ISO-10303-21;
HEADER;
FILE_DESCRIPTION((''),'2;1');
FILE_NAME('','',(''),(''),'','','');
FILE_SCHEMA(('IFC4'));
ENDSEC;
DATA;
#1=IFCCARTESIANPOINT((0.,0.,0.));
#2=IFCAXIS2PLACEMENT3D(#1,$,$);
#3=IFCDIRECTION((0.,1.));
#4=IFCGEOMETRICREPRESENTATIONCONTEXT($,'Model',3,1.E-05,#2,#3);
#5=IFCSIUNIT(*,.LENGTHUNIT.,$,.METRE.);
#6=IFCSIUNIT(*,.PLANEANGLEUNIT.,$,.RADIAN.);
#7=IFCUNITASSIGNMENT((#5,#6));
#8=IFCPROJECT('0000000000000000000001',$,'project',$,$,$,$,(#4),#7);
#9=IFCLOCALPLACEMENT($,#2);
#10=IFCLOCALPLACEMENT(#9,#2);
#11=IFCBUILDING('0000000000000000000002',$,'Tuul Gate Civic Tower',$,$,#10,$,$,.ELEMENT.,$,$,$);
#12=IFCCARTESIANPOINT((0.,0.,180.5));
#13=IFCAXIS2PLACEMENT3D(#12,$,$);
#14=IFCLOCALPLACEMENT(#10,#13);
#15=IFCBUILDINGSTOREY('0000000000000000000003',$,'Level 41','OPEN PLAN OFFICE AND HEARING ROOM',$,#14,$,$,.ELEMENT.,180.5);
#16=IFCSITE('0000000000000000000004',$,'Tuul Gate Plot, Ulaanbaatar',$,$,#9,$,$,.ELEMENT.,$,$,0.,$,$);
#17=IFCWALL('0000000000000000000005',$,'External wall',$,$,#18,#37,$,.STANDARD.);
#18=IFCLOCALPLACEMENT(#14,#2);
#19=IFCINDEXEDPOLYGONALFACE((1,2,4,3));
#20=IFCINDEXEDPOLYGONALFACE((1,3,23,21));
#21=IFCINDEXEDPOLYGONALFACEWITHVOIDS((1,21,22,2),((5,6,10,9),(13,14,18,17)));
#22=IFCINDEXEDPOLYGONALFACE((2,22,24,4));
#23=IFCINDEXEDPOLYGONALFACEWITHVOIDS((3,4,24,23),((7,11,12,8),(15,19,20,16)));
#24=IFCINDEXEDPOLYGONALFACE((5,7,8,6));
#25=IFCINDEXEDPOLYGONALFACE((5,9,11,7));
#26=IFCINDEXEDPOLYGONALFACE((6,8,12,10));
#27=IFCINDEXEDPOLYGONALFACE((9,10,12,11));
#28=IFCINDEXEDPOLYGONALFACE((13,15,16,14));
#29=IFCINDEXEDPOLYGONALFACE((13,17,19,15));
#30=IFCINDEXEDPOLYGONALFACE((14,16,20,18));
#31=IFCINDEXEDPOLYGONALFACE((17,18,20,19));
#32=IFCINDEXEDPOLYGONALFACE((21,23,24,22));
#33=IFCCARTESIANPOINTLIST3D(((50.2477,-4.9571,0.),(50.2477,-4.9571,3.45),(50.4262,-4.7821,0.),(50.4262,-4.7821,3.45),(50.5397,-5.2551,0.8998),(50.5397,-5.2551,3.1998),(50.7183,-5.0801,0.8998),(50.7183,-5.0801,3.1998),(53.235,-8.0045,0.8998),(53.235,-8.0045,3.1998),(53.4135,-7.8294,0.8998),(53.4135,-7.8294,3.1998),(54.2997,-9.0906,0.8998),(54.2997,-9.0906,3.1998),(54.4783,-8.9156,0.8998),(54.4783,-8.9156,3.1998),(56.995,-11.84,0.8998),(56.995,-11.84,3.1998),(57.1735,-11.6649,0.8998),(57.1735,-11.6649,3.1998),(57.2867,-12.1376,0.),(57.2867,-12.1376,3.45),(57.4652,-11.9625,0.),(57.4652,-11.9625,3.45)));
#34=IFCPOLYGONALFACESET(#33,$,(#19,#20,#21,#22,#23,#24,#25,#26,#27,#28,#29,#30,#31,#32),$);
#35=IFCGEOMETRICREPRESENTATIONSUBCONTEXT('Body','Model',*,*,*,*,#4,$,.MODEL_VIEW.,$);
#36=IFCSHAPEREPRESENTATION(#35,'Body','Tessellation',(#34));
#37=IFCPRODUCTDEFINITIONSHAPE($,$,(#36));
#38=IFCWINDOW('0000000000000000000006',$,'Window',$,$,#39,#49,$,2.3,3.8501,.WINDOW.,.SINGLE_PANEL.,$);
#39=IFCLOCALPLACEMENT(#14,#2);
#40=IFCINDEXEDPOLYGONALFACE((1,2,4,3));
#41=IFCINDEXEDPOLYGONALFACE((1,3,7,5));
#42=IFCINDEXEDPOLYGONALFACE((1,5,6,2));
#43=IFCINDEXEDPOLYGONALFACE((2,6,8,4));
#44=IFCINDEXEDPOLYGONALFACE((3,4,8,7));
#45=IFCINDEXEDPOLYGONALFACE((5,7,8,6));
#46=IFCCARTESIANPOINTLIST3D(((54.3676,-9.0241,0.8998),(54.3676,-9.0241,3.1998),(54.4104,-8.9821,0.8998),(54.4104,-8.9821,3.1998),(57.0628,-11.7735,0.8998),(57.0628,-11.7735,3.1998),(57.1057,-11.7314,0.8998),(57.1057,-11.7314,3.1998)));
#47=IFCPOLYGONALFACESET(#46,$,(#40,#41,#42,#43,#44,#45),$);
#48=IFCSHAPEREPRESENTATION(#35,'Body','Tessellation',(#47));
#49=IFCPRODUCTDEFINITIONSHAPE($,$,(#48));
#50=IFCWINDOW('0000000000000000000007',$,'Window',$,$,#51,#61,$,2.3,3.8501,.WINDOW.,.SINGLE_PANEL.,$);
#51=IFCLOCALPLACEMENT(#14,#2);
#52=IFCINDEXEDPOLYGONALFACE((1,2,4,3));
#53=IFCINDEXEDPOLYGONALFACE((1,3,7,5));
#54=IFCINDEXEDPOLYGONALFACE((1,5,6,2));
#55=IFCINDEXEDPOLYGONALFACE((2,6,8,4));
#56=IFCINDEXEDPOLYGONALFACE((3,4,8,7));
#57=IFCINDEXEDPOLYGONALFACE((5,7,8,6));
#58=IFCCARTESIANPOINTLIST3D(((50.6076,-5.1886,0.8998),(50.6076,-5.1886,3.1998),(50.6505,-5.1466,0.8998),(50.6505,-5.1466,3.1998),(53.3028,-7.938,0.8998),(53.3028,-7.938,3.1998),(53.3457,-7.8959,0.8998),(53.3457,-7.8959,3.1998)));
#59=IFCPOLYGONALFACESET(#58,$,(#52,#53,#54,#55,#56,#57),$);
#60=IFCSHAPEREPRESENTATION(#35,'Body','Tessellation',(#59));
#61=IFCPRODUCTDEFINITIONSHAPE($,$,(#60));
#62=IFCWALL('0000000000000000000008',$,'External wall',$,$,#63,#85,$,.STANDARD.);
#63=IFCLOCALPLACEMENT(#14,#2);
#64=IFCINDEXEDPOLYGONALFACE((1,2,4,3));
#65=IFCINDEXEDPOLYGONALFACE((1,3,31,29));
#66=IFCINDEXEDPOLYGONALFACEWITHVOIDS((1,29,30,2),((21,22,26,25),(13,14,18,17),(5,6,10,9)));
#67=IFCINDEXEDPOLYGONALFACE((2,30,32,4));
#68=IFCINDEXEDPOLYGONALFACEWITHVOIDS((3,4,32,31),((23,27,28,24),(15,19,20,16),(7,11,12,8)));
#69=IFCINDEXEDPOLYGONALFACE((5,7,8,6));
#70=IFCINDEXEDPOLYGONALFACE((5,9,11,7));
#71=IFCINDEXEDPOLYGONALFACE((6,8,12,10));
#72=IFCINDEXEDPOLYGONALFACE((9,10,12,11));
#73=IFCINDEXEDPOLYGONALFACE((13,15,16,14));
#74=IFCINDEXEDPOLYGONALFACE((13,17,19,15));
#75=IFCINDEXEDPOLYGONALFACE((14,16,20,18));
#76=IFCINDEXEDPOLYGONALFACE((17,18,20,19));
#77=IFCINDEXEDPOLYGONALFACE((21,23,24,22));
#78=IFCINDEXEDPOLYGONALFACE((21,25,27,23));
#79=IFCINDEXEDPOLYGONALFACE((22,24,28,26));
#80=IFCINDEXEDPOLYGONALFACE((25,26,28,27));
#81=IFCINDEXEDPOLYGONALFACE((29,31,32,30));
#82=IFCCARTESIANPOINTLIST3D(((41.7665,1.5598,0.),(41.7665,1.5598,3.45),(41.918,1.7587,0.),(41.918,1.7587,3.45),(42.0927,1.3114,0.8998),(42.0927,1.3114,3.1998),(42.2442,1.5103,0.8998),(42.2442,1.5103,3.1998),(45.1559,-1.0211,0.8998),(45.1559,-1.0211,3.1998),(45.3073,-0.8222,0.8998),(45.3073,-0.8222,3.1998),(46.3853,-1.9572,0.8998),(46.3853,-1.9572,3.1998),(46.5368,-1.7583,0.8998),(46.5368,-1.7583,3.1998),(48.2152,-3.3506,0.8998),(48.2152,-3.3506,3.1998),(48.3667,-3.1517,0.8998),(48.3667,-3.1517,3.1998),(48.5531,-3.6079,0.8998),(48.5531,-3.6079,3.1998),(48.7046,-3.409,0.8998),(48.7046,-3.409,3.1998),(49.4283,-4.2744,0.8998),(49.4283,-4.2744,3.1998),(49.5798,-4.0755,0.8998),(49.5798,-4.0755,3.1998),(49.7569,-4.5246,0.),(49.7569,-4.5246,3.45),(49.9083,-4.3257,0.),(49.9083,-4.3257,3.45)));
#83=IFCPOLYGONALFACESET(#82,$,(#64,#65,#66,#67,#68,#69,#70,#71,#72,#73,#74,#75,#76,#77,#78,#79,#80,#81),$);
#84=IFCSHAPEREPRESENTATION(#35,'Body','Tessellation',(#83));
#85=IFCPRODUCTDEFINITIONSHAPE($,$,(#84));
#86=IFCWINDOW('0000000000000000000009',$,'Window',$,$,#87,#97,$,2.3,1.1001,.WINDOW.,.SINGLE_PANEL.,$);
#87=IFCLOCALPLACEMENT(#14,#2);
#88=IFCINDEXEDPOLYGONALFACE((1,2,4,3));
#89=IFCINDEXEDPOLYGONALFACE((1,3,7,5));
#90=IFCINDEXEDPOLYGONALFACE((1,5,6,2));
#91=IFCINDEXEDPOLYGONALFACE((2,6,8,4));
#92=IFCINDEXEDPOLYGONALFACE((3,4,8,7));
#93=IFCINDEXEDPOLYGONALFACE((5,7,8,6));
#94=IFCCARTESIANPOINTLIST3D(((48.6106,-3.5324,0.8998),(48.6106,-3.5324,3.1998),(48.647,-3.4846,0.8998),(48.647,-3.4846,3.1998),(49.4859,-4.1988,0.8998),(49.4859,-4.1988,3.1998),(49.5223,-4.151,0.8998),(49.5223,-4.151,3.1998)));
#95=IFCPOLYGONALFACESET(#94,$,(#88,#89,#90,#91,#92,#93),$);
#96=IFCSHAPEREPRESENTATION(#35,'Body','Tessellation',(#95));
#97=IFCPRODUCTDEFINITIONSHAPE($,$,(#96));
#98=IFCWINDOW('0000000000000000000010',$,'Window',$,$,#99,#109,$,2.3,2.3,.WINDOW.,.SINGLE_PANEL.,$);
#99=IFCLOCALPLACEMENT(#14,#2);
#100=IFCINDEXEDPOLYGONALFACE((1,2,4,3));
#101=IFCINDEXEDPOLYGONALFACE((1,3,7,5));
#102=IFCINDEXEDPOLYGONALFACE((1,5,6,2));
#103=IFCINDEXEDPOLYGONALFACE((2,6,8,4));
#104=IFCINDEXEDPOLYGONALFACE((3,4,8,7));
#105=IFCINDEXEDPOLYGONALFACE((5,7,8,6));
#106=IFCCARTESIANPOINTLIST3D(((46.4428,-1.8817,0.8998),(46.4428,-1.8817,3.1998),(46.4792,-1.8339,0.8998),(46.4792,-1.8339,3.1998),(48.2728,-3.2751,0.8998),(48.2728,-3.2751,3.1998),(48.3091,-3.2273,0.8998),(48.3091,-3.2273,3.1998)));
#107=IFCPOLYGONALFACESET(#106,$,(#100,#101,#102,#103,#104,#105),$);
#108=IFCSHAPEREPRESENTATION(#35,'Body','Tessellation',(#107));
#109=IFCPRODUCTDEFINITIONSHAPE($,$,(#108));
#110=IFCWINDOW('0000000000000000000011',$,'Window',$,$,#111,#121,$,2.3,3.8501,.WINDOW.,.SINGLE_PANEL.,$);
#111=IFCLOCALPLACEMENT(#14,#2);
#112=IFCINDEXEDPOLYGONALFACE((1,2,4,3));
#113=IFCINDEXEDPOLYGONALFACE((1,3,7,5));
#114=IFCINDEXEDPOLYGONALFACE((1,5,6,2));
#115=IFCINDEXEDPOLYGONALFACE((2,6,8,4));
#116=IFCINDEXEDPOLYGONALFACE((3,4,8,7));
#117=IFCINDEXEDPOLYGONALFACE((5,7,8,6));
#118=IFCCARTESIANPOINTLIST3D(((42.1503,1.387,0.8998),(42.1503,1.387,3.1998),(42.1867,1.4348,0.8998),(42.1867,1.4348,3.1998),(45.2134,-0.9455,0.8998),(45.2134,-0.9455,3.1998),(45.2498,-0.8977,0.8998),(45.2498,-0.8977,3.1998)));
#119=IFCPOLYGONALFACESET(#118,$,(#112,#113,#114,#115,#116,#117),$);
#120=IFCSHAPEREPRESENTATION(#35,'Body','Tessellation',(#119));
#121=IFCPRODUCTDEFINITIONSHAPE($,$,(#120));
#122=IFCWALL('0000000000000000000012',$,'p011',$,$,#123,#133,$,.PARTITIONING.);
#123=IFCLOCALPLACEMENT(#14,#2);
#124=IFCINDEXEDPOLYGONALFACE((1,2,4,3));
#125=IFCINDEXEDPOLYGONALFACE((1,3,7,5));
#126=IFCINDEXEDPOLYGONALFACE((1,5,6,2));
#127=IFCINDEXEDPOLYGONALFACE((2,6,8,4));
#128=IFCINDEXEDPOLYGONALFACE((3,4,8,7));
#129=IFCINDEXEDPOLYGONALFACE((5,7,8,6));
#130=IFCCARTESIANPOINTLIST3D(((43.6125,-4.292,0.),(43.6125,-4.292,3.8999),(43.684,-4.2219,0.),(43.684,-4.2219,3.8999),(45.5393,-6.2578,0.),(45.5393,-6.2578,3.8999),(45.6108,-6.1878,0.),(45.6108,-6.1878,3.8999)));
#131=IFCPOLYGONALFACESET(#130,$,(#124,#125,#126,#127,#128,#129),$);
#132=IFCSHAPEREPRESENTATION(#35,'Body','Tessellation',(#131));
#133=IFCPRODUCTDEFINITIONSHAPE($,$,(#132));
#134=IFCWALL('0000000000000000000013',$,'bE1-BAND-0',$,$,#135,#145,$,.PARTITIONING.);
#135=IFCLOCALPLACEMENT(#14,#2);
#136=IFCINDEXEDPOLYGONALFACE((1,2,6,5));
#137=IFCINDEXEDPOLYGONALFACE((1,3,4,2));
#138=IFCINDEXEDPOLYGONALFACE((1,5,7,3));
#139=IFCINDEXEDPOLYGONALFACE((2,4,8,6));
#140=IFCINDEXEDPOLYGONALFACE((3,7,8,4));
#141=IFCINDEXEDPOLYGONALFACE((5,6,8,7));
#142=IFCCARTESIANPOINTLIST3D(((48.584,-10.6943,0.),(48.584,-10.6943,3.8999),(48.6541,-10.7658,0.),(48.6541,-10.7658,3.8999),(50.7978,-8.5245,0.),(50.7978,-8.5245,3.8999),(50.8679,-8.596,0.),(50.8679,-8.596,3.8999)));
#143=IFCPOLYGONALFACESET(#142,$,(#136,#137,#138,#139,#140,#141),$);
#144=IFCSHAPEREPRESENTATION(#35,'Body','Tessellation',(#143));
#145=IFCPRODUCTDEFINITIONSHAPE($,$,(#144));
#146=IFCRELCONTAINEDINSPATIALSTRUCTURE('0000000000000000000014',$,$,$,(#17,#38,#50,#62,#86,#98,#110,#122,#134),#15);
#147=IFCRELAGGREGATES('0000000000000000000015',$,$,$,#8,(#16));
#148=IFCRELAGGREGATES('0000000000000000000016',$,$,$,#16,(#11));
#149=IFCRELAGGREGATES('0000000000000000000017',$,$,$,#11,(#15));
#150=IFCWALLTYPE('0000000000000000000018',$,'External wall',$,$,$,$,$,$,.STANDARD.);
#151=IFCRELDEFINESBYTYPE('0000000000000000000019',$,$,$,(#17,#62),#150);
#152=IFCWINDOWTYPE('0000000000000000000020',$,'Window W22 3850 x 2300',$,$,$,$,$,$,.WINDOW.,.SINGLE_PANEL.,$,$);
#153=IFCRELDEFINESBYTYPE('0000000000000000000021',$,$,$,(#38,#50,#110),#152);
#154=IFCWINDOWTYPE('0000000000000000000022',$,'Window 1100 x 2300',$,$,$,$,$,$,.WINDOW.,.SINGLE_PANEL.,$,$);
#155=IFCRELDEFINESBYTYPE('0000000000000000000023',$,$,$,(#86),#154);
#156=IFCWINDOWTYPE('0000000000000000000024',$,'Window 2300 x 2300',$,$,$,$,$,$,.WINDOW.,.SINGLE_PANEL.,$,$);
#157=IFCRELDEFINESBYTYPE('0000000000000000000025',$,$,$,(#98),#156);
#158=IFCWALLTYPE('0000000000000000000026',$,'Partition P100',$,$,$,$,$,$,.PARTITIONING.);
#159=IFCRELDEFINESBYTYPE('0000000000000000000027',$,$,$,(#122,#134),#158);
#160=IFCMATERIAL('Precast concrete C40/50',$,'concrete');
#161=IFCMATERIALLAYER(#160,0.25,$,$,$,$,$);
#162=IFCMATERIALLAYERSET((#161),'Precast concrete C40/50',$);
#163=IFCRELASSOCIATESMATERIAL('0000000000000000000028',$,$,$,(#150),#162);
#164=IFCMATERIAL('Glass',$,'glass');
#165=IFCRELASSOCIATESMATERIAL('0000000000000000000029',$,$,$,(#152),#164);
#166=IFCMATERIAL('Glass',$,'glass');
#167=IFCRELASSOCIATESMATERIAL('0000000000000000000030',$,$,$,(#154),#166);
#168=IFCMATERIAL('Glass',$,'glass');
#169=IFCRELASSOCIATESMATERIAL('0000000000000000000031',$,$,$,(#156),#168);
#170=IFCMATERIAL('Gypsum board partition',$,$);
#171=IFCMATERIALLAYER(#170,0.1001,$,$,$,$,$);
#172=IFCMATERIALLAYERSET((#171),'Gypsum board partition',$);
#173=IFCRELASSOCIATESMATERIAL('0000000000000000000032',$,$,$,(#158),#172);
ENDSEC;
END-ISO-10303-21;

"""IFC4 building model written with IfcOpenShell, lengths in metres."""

from ifc_helpers import new_model, si_unit, direction, frame, frame_2d, origin, place, context, subcontext, project, spatial, rectangle, extrude, material, layer, layer_set, type_object, element, fill, save


model = new_model("IFC4")

# Units and contexts
model_context = context("Model", 3, precision=1e-05, world=origin(), true_north=direction((0.0, 1.0)))
body_context = subcontext(model_context, "Body", "Model", "MODEL_VIEW")
ifc_project = project(units=[si_unit("LENGTHUNIT", "METRE"), si_unit("PLANEANGLEUNIT", "RADIAN")], contexts=[model_context])

# Site, building, storey
site_placement = place(None, origin())
site = spatial("IfcSite", under=ifc_project, at=site_placement, Name="Tuul Gate Plot, Ulaanbaatar", CompositionType="ELEMENT", RefElevation=0.0)
building_placement = place(site_placement, origin())
building = spatial("IfcBuilding", under=site, at=building_placement, Name="Tuul Gate Civic Tower", CompositionType="ELEMENT")
storey_placement = place(building_placement, frame((0.0, 0.0, 180.5)))
storey = spatial("IfcBuildingStorey", under=building, at=storey_placement, Name="Level 41", Description="OPEN PLAN OFFICE AND HEARING ROOM", CompositionType="ELEMENT", Elevation=180.5)

# Walls, openings, windows
ifc_material_1 = material(Name="Precast concrete C40/50", Category="concrete")
ifc_layer_1 = layer(ifc_material_1, 0.25)
ifc_layer_set_1 = layer_set([ifc_layer_1], Name="Precast concrete C40/50")
wall_type_1 = type_object("IfcWallType", Name="External wall", PredefinedType="STANDARD", material=ifc_layer_set_1)
wall_1_placement = place(storey_placement, frame((57.376, -12.05, 0.0), z_axis=(0.0, 0.0, 1.0), x_axis=(-0.700043, 0.714101, 0.0)))
wall_1 = element("IfcWall", 1, at=wall_1_placement, inside=storey, type_object=wall_type_1, Name="External wall", PredefinedType="STANDARD", context=body_context, shape_type="SweptSolid", body=[
    extrude(rectangle(XDim=10.0552, YDim=0.25, at=frame_2d((5.0276, 0.0))), origin(), (0.0, 0.0, 1.0), 3.45),
])
opening_1_placement = place(wall_1_placement, frame((0.4167, 0.0, 0.8999)))
opening_1 = element("IfcOpeningElement", 2, at=opening_1_placement, cuts=wall_1, PredefinedType="OPENING", context=body_context, shape_type="SweptSolid", body=[
    extrude(rectangle(XDim=3.8501, YDim=2.3, at=frame_2d((1.925, 1.1499))), frame((0.0, 0.135, 0.0), z_axis=(0.0, -1.0, 0.0), x_axis=(1.0, 0.0, 0.0)), (0.0, 0.0, 1.0), 0.27),
])
opening_2_placement = place(wall_1_placement, frame((5.7878, 0.0, 0.8999)))
opening_2 = element("IfcOpeningElement", 3, at=opening_2_placement, cuts=wall_1, PredefinedType="OPENING", context=body_context, shape_type="SweptSolid", body=[
    extrude(rectangle(XDim=3.8501, YDim=2.3, at=frame_2d((1.925, 1.1499))), frame((0.0, 0.135, 0.0), z_axis=(0.0, -1.0, 0.0), x_axis=(1.0, 0.0, 0.0)), (0.0, 0.0, 1.0), 0.27),
])
ifc_material_2 = material(Name="Glass", Category="glass")
window_type_1 = type_object("IfcWindowType", Name="Window W22 3850 x 2300", PartitioningType="SINGLE_PANEL", PredefinedType="WINDOW", material=ifc_material_2)
window_1_placement = place(opening_1_placement, origin())
window_1 = element("IfcWindow", 4, at=window_1_placement, inside=storey, type_object=window_type_1, Name="Window", OverallHeight=2.3, OverallWidth=3.8501, PartitioningType="SINGLE_PANEL", PredefinedType="WINDOW", context=body_context, shape_type="SweptSolid", body=[
    extrude(rectangle(XDim=3.8501, YDim=2.3, at=frame_2d((1.925, 1.1499))), frame((0.0, 0.03, 0.0), z_axis=(0.0, -1.0, 0.0), x_axis=(1.0, 0.0, 0.0)), (0.0, 0.0, 1.0), 0.0601),
])
fill(opening_1, window_1)
window_2_placement = place(opening_2_placement, origin())
window_2 = element("IfcWindow", 5, at=window_2_placement, inside=storey, type_object=window_type_1, Name="Window", OverallHeight=2.3, OverallWidth=3.8501, PartitioningType="SINGLE_PANEL", PredefinedType="WINDOW", context=body_context, shape_type="SweptSolid", body=[
    extrude(rectangle(XDim=3.8501, YDim=2.3, at=frame_2d((1.925, 1.1499))), frame((0.0, 0.03, 0.0), z_axis=(0.0, -1.0, 0.0), x_axis=(1.0, 0.0, 0.0)), (0.0, 0.0, 1.0), 0.0601),
])
fill(opening_2, window_2)
wall_2_placement = place(storey_placement, frame((49.8325, -4.425, 0.0), z_axis=(0.0, 0.0, 1.0), x_axis=(-0.7956, 0.605822, 0.0)))
wall_2 = element("IfcWall", 6, at=wall_2_placement, inside=storey, type_object=wall_type_1, Name="External wall", PredefinedType="STANDARD", context=body_context, shape_type="SweptSolid", body=[
    extrude(rectangle(XDim=10.0432, YDim=0.25, at=frame_2d((5.0215, 0.0))), origin(), (0.0, 0.0, 1.0), 3.45),
])
opening_3_placement = place(wall_2_placement, frame((5.783, 0.0, 0.8999)))
opening_3 = element("IfcOpeningElement", 7, at=opening_3_placement, cuts=wall_2, PredefinedType="OPENING", context=body_context, shape_type="SweptSolid", body=[
    extrude(rectangle(XDim=3.8501, YDim=2.3, at=frame_2d((1.925, 1.1499))), frame((0.0, 0.135, 0.0), z_axis=(0.0, -1.0, 0.0), x_axis=(1.0, 0.0, 0.0)), (0.0, 0.0, 1.0), 0.27),
])
opening_4_placement = place(wall_2_placement, frame((0.4128, 0.0, 0.8999)))
opening_4 = element("IfcOpeningElement", 8, at=opening_4_placement, cuts=wall_2, PredefinedType="OPENING", context=body_context, shape_type="SweptSolid", body=[
    extrude(rectangle(XDim=1.1001, YDim=2.3, at=frame_2d((0.55, 1.1499))), frame((0.0, 0.135, 0.0), z_axis=(0.0, -1.0, 0.0), x_axis=(1.0, 0.0, 0.0)), (0.0, 0.0, 1.0), 0.27),
])
opening_5_placement = place(wall_2_placement, frame((1.9377, 0.0, 0.8999)))
opening_5 = element("IfcOpeningElement", 9, at=opening_5_placement, cuts=wall_2, PredefinedType="OPENING", context=body_context, shape_type="SweptSolid", body=[
    extrude(rectangle(XDim=2.3, YDim=2.3, at=frame_2d((1.1499, 1.1499))), frame((0.0, 0.135, 0.0), z_axis=(0.0, -1.0, 0.0), x_axis=(1.0, 0.0, 0.0)), (0.0, 0.0, 1.0), 0.27),
])
ifc_material_3 = material(Name="Glass", Category="glass")
window_type_2 = type_object("IfcWindowType", Name="Window 1100 x 2300", PartitioningType="SINGLE_PANEL", PredefinedType="WINDOW", material=ifc_material_3)
window_3_placement = place(opening_4_placement, origin())
window_3 = element("IfcWindow", 10, at=window_3_placement, inside=storey, type_object=window_type_2, Name="Window", OverallHeight=2.3, OverallWidth=1.1001, PartitioningType="SINGLE_PANEL", PredefinedType="WINDOW", context=body_context, shape_type="SweptSolid", body=[
    extrude(rectangle(XDim=1.1001, YDim=2.3, at=frame_2d((0.55, 1.1499))), frame((0.0, 0.03, 0.0), z_axis=(0.0, -1.0, 0.0), x_axis=(1.0, 0.0, 0.0)), (0.0, 0.0, 1.0), 0.0601),
])
fill(opening_4, window_3)
ifc_material_4 = material(Name="Glass", Category="glass")
window_type_3 = type_object("IfcWindowType", Name="Window 2300 x 2300", PartitioningType="SINGLE_PANEL", PredefinedType="WINDOW", material=ifc_material_4)
window_4_placement = place(opening_5_placement, origin())
window_4 = element("IfcWindow", 11, at=window_4_placement, inside=storey, type_object=window_type_3, Name="Window", OverallHeight=2.3, OverallWidth=2.3, PartitioningType="SINGLE_PANEL", PredefinedType="WINDOW", context=body_context, shape_type="SweptSolid", body=[
    extrude(rectangle(XDim=2.3, YDim=2.3, at=frame_2d((1.1499, 1.1499))), frame((0.0, 0.03, 0.0), z_axis=(0.0, -1.0, 0.0), x_axis=(1.0, 0.0, 0.0)), (0.0, 0.0, 1.0), 0.0601),
])
fill(opening_5, window_4)
window_5_placement = place(opening_3_placement, origin())
window_5 = element("IfcWindow", 12, at=window_5_placement, inside=storey, type_object=window_type_1, Name="Window", OverallHeight=2.3, OverallWidth=3.8501, PartitioningType="SINGLE_PANEL", PredefinedType="WINDOW", context=body_context, shape_type="SweptSolid", body=[
    extrude(rectangle(XDim=3.8501, YDim=2.3, at=frame_2d((1.925, 1.1499))), frame((0.0, 0.03, 0.0), z_axis=(0.0, -1.0, 0.0), x_axis=(1.0, 0.0, 0.0)), (0.0, 0.0, 1.0), 0.0601),
])
fill(opening_3, window_5)

# Walls
ifc_material_5 = material(Name="Gypsum board partition")
ifc_layer_2 = layer(ifc_material_5, 0.1001)
ifc_layer_set_2 = layer_set([ifc_layer_2], Name="Gypsum board partition")
wall_type_2 = type_object("IfcWallType", Name="Partition P100", PredefinedType="PARTITIONING", material=ifc_layer_set_2)
wall_3_placement = place(storey_placement, frame((43.6482, -4.2568, 0.0), z_axis=(0.0, 0.0, 1.0), x_axis=(0.699976, -0.714167, 0.0)))
element("IfcWall", 13, at=wall_3_placement, inside=storey, type_object=wall_type_2, Name="p011", PredefinedType="PARTITIONING", context=body_context, shape_type="SweptSolid", body=[
    extrude(rectangle(XDim=2.7527, YDim=0.1001, at=frame_2d((1.3765, 0.0))), origin(), (0.0, 0.0, 1.0), 3.8999),
])
wall_4_placement = place(storey_placement, frame((48.6191, -10.73, 0.0), z_axis=(0.0, 0.0, 1.0), x_axis=(0.714159, 0.699983, 0.0)))
element("IfcWall", 14, at=wall_4_placement, inside=storey, type_object=wall_type_2, Name="bE1-BAND-0", PredefinedType="PARTITIONING", context=body_context, shape_type="SweptSolid", body=[
    extrude(rectangle(XDim=3.0999, YDim=0.1001, at=frame_2d((1.5498, 0.0))), origin(), (0.0, 0.0, 1.0), 3.8999),
])

save(model, "model.ifc")
